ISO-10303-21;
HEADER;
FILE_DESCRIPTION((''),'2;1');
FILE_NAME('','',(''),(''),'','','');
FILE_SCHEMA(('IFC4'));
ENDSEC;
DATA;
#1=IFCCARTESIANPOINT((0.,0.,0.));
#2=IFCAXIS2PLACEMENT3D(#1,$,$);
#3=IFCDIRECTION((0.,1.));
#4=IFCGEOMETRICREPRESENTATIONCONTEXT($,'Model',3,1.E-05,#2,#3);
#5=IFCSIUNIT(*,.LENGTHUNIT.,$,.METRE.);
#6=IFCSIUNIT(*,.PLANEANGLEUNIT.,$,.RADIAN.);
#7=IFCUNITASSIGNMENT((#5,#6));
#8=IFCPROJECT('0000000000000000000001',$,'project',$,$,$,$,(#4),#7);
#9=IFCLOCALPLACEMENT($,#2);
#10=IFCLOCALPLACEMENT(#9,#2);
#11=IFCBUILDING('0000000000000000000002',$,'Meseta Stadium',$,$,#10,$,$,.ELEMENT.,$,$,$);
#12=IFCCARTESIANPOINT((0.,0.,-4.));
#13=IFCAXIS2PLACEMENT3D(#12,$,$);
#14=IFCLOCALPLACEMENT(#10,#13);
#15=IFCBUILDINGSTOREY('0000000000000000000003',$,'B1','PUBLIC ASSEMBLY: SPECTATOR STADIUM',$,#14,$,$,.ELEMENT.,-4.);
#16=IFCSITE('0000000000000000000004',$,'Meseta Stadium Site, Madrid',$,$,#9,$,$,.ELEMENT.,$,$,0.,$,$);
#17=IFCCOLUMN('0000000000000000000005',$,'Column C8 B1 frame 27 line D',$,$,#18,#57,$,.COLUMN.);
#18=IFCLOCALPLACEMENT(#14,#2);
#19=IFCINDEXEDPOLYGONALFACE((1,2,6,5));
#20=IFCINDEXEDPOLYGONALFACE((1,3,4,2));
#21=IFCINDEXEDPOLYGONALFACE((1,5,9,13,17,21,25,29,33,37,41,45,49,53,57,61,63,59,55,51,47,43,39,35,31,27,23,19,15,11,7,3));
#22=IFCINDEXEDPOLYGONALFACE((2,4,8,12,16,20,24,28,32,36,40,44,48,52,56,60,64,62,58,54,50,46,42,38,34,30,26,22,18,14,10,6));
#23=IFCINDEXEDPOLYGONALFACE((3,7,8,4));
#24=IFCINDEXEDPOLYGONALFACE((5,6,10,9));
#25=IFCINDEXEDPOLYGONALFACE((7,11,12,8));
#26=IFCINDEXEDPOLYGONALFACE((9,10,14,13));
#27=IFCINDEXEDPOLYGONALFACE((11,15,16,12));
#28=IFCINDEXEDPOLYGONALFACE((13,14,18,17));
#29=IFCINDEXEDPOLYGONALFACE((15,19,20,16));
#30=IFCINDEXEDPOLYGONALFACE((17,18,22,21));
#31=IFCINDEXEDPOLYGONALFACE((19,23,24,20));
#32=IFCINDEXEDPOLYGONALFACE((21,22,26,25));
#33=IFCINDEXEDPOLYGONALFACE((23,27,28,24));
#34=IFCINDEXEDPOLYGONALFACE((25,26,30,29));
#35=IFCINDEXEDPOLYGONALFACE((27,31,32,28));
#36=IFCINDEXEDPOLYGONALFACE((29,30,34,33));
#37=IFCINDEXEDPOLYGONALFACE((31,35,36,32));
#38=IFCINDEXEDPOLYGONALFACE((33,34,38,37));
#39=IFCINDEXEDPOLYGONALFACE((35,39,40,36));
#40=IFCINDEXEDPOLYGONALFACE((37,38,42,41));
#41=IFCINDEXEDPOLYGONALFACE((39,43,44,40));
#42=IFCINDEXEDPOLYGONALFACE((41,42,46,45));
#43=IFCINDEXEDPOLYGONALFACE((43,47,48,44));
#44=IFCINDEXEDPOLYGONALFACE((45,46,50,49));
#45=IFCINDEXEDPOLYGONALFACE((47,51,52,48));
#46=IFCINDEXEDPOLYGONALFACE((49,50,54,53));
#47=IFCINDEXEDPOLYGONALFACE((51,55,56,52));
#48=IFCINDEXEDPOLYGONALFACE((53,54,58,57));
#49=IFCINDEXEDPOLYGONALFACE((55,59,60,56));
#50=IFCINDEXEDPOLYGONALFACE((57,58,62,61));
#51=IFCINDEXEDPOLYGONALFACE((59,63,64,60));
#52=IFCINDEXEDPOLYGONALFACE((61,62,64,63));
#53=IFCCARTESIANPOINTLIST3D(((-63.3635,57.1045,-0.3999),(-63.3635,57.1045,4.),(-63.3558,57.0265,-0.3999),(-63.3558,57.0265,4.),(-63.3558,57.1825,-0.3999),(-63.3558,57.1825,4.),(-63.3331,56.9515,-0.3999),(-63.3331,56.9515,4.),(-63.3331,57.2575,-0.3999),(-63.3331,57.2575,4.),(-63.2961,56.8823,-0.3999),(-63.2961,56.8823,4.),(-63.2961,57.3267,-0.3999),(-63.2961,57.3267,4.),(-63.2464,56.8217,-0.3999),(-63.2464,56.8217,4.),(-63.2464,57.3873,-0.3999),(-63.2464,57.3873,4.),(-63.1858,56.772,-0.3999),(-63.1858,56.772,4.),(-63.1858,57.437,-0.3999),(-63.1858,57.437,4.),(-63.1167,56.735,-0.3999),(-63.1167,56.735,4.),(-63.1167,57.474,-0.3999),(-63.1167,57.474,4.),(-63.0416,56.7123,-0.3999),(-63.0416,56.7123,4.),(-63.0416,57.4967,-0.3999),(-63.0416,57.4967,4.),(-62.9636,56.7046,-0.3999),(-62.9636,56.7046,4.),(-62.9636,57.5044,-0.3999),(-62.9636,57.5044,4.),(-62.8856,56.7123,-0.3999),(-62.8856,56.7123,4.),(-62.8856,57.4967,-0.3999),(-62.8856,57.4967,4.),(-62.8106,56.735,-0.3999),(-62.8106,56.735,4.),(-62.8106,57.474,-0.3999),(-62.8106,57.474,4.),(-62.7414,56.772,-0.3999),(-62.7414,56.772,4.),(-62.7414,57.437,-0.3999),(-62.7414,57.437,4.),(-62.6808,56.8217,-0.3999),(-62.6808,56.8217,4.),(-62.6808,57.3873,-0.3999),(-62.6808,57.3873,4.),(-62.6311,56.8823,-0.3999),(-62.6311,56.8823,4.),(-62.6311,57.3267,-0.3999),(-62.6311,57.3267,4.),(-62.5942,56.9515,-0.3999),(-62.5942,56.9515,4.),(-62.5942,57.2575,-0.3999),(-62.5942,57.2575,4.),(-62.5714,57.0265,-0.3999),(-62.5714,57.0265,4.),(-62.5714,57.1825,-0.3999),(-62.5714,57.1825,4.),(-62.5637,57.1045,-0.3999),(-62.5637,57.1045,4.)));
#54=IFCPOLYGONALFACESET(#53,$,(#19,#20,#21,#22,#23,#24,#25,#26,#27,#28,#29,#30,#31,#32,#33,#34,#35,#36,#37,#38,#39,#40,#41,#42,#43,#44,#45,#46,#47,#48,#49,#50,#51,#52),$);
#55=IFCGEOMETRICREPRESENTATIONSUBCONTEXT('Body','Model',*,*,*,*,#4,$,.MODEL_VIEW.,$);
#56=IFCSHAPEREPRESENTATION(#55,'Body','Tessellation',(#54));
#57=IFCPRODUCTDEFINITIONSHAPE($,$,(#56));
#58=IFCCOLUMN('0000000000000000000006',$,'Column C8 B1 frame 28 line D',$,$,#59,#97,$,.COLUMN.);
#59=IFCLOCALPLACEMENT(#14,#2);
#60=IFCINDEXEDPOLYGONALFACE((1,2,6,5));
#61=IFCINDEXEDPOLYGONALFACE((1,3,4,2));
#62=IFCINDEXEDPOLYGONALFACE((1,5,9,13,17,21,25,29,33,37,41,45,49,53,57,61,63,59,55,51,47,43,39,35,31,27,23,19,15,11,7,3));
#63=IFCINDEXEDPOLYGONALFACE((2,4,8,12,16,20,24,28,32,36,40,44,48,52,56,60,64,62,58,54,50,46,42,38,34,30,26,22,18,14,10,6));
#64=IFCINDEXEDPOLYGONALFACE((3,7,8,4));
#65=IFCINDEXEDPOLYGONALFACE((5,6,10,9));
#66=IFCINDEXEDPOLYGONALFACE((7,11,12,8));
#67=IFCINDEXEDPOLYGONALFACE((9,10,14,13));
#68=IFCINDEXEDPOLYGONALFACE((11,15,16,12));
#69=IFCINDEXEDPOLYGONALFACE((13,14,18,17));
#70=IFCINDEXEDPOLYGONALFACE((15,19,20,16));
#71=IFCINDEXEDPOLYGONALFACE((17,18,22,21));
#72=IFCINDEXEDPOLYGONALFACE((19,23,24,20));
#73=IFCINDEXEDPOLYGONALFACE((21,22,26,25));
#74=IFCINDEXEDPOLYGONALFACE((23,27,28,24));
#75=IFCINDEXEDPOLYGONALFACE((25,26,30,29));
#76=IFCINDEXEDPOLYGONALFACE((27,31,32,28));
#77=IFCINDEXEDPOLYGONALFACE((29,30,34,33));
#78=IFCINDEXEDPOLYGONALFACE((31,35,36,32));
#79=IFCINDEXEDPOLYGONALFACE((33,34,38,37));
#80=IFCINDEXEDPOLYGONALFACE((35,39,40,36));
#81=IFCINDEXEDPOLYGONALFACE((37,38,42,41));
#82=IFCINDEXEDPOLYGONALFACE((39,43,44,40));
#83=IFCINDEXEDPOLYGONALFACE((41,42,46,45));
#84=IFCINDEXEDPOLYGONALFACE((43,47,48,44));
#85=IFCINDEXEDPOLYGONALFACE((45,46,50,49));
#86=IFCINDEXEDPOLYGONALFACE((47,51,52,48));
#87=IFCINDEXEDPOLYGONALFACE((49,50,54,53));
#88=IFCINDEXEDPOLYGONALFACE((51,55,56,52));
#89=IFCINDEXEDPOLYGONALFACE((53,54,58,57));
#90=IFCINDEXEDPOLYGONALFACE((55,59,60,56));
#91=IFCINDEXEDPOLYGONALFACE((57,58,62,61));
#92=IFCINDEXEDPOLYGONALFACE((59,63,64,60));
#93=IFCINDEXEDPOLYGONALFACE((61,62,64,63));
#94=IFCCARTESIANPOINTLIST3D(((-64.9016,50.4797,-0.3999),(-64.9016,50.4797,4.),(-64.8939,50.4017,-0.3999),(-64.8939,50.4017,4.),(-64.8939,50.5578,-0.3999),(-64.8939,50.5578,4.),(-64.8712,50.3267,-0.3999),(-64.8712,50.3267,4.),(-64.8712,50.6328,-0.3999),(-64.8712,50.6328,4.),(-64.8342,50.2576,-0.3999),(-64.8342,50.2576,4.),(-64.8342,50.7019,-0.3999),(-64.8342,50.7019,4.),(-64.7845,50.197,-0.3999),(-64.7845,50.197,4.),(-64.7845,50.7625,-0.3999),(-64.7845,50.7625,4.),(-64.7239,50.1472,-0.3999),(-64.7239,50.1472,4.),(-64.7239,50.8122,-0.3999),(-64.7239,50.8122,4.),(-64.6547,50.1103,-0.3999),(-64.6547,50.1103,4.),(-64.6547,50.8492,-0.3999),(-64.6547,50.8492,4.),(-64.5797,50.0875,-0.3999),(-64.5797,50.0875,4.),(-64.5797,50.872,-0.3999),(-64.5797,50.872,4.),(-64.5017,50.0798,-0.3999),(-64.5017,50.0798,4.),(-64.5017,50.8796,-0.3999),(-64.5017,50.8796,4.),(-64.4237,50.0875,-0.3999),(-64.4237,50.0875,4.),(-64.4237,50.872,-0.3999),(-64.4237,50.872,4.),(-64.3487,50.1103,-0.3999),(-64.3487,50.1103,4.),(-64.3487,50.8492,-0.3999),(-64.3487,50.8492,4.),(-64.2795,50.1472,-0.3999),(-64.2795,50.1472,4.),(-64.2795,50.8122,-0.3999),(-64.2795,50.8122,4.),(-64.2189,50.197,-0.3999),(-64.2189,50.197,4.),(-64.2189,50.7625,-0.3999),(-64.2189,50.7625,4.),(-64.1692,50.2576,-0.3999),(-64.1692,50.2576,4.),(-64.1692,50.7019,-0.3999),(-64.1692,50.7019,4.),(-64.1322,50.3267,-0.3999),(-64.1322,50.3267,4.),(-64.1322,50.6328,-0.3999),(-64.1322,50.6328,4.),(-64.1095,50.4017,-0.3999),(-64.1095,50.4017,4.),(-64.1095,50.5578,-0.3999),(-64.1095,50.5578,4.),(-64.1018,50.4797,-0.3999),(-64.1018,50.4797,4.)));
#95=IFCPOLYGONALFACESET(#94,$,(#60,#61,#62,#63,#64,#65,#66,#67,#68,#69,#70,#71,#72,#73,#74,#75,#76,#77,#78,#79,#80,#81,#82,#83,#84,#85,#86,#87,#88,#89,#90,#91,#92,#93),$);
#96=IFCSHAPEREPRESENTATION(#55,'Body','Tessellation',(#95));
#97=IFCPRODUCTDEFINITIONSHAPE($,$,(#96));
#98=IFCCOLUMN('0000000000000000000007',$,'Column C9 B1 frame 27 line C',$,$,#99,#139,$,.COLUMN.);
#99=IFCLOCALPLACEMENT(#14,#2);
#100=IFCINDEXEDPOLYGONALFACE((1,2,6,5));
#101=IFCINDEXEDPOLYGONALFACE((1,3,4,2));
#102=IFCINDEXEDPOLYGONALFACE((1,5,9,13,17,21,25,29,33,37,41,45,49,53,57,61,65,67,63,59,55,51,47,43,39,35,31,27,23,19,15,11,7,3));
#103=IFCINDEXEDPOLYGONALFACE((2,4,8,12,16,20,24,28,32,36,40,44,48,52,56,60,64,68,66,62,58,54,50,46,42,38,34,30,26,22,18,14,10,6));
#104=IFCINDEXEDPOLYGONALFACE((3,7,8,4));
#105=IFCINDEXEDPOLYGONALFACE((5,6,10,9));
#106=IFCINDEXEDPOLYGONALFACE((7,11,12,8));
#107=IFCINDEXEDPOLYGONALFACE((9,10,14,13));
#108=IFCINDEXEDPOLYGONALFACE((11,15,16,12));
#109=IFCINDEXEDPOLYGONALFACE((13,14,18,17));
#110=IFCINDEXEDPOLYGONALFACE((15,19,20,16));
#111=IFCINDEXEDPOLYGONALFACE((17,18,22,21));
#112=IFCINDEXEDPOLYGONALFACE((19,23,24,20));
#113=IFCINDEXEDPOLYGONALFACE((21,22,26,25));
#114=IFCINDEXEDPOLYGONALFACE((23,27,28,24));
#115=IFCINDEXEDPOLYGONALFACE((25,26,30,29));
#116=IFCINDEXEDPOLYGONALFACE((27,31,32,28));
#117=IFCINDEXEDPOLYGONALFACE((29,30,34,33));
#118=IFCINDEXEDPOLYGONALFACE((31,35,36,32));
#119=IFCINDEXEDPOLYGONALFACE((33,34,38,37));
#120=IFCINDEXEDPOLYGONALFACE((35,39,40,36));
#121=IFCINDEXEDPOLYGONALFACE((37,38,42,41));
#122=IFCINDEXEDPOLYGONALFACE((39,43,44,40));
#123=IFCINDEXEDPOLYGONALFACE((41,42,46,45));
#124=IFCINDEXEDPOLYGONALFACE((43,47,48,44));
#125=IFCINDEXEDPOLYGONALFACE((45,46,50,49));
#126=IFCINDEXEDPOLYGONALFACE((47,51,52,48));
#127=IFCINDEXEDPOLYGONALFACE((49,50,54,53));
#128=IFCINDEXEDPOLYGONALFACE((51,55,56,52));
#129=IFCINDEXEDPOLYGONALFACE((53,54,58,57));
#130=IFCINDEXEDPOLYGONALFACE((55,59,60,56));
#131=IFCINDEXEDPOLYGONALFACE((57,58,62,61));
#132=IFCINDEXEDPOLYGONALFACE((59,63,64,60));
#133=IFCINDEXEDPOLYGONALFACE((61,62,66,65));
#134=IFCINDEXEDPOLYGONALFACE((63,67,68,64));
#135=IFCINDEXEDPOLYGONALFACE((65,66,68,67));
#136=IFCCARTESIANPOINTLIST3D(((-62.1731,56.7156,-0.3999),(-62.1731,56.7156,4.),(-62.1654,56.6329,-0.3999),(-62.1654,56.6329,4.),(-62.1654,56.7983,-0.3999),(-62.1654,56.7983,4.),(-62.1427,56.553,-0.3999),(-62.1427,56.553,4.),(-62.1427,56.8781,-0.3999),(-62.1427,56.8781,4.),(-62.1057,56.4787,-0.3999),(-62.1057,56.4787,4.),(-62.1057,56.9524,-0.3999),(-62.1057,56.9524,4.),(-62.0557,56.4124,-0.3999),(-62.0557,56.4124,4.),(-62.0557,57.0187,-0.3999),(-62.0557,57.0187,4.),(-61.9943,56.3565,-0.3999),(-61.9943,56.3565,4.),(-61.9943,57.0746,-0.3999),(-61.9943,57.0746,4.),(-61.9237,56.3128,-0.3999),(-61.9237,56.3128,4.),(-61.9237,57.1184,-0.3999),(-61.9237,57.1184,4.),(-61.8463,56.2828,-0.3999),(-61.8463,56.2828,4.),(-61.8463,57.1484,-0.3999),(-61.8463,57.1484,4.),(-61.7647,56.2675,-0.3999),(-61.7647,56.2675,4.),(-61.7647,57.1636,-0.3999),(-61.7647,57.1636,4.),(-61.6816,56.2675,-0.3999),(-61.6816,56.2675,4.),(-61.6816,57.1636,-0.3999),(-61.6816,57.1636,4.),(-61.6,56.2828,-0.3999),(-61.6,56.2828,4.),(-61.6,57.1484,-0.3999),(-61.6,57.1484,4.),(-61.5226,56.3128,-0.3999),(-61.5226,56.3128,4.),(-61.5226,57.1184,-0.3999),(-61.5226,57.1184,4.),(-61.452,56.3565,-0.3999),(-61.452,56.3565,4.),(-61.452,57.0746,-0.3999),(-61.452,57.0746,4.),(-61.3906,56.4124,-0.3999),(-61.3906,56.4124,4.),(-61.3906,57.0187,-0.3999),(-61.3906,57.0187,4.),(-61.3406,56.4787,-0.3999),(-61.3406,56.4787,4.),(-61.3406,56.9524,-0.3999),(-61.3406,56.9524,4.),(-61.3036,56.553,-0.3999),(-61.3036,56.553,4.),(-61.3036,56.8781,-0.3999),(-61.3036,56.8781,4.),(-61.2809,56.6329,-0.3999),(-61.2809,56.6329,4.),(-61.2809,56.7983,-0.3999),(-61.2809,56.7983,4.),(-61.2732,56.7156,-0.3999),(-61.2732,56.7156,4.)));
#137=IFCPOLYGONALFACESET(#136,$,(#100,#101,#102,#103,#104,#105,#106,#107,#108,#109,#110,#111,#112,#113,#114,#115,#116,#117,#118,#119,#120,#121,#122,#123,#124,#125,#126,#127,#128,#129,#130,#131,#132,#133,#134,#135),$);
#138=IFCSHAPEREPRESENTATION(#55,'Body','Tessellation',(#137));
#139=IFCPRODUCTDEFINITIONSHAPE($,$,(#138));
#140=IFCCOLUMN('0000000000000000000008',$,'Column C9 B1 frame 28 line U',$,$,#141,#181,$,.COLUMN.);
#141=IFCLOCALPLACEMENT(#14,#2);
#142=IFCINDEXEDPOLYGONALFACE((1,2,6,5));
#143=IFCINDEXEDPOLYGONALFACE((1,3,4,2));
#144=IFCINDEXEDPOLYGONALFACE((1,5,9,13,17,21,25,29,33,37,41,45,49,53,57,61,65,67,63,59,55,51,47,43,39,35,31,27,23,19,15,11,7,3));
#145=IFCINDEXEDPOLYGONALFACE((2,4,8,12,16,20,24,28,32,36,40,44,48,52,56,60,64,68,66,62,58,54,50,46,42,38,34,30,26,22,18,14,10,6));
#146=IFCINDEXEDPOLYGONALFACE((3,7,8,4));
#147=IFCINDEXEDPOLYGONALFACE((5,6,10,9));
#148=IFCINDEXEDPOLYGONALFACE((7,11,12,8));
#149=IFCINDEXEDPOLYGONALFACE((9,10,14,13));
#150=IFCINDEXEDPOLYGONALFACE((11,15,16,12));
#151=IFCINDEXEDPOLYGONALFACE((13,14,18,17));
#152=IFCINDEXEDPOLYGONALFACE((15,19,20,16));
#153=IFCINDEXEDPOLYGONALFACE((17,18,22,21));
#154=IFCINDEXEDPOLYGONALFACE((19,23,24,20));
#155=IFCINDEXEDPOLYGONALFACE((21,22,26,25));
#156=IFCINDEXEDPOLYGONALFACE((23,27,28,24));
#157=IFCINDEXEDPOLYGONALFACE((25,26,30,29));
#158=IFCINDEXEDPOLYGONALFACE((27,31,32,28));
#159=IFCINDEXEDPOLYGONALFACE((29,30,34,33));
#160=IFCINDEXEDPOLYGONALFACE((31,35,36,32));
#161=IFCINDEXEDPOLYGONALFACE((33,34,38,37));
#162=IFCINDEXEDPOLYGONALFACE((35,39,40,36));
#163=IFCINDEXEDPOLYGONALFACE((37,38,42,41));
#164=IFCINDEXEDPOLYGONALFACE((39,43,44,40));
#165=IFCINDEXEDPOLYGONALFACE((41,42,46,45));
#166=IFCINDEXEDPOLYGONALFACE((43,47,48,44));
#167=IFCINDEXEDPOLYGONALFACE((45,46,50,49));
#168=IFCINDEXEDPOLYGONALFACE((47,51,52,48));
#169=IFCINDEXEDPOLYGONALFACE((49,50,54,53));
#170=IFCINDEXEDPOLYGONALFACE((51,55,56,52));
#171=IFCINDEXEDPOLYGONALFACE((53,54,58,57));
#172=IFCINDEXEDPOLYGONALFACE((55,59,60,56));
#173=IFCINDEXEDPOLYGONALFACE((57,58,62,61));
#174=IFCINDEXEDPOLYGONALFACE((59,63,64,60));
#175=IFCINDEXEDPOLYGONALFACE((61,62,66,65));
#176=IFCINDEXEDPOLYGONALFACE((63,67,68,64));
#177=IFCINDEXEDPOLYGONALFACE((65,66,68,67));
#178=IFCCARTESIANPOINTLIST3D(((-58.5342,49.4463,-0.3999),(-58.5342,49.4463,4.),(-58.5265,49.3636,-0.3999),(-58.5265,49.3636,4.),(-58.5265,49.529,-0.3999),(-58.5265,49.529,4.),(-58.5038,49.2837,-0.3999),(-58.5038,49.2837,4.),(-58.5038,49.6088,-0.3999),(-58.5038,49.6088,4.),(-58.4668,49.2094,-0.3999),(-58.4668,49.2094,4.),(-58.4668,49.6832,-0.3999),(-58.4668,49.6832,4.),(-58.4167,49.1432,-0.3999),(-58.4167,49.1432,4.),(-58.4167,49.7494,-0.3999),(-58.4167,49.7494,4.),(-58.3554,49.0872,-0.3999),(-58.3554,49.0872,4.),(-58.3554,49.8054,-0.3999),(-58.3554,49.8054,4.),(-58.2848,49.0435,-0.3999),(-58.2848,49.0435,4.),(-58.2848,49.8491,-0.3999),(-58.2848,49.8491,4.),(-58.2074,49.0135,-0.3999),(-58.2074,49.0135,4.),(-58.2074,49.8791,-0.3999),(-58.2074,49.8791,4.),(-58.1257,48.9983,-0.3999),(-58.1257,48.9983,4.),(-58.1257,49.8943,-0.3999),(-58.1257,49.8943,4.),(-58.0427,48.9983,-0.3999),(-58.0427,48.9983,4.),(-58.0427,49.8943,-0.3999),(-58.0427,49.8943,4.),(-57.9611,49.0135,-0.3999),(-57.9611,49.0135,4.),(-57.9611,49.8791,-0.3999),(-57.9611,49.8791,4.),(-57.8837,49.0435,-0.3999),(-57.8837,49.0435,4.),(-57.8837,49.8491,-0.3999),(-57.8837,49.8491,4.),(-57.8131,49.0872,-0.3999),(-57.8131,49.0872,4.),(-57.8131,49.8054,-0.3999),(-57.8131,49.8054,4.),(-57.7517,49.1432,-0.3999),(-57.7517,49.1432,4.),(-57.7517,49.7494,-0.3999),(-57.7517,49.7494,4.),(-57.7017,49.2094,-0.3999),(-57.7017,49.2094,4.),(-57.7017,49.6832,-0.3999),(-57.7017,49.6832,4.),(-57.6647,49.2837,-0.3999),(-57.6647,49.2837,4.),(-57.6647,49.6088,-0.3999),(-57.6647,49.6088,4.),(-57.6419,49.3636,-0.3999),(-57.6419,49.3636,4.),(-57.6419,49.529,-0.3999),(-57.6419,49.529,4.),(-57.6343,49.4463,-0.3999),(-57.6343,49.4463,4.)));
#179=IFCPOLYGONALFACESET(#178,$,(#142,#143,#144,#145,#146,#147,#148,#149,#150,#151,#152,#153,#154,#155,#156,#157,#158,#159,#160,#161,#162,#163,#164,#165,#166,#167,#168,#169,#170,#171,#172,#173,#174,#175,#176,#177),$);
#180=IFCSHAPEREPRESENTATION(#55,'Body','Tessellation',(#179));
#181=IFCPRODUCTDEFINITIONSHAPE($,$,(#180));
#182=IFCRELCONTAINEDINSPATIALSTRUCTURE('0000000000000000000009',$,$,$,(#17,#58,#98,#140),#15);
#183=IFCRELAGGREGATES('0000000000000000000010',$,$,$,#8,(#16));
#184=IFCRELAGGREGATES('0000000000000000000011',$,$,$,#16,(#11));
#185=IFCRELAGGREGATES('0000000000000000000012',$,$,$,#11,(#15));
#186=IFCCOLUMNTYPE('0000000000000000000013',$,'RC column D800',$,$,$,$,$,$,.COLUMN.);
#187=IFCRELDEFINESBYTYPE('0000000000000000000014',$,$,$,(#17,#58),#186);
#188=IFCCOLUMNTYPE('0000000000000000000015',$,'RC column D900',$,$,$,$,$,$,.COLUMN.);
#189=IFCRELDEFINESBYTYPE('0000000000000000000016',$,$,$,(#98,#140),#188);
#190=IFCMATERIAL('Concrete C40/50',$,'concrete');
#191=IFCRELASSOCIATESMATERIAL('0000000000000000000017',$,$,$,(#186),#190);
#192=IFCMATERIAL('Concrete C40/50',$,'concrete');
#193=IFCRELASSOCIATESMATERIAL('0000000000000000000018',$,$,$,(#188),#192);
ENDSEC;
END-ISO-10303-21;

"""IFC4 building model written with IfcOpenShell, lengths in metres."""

from ifc_helpers import new_model, si_unit, direction, frame, origin, origin_2d, place, context, subcontext, project, spatial, circle, extrude, material, material_profile, profile_set, type_object, element, save


model = new_model("IFC4")

# Units and contexts
model_context = context("Model", 3, precision=1e-05, world=origin(), true_north=direction((0.0, 1.0)))
body_context = subcontext(model_context, "Body", "Model", "MODEL_VIEW")
ifc_project = project(units=[si_unit("LENGTHUNIT", "METRE"), si_unit("PLANEANGLEUNIT", "RADIAN")], contexts=[model_context])

# Site, building, storey
site_placement = place(None, origin())
site = spatial("IfcSite", under=ifc_project, at=site_placement, Name="Meseta Stadium Site, Madrid", CompositionType="ELEMENT", RefElevation=0.0)
building_placement = place(site_placement, origin())
building = spatial("IfcBuilding", under=site, at=building_placement, Name="Meseta Stadium", CompositionType="ELEMENT")
storey_placement = place(building_placement, frame((0.0, 0.0, -4.0)))
storey = spatial("IfcBuildingStorey", under=building, at=storey_placement, Name="B1", Description="PUBLIC ASSEMBLY: SPECTATOR STADIUM", CompositionType="ELEMENT", Elevation=-4.0)

# Columns
ifc_material_1 = material(Name="Concrete C40/50", Category="concrete")
ifc_material_profile_1 = material_profile(ifc_material_1, circle(Radius=0.3999, at=origin_2d()), Name="RC D800")
ifc_profile_set_1 = profile_set([ifc_material_profile_1], Name="Concrete C40/50")
column_type_1 = type_object("IfcColumnType", Name="RC column D800", PredefinedType="COLUMN", material=ifc_profile_set_1)
for number, where, z_axis, x_axis, name in (
    (1, (-62.9636, 57.1045, -0.3999), (0.0, 0.0, 1.0), (1.0, 0.0, 0.0), "Column C8 B1 frame 27 line D"),
    (2, (-64.5017, 50.4797, -0.3999), (0.0, 0.0, 1.0), (1.0, 0.0, 0.0), "Column C8 B1 frame 28 line D"),
):
    element("IfcColumn", number, at=place(storey_placement, frame(where, z_axis=z_axis, x_axis=x_axis)), inside=storey, type_object=column_type_1, Name=name, PredefinedType="COLUMN", context=body_context, shape_type="SweptSolid", body=[
        extrude(circle(Radius=0.3999, at=origin_2d()), origin(), (0.0, 0.0, 1.0), 4.3999),
    ])
ifc_material_2 = material(Name="Concrete C40/50", Category="concrete")
ifc_material_profile_2 = material_profile(ifc_material_2, circle(Radius=0.45, at=origin_2d()), Name="RC D900")
ifc_profile_set_2 = profile_set([ifc_material_profile_2], Name="Concrete C40/50")
column_type_2 = type_object("IfcColumnType", Name="RC column D900", PredefinedType="COLUMN", material=ifc_profile_set_2)
for number, where, z_axis, x_axis, name in (
    (3, (-61.7231, 56.7156, -0.3999), (0.0, 0.0, 1.0), (1.0, 0.0, 0.0), "Column C9 B1 frame 27 line C"),
    (4, (-58.0842, 49.4463, -0.3999), (0.0, 0.0, 1.0), (1.0, 0.0, 0.0), "Column C9 B1 frame 28 line U"),
):
    element("IfcColumn", number, at=place(storey_placement, frame(where, z_axis=z_axis, x_axis=x_axis)), inside=storey, type_object=column_type_2, Name=name, PredefinedType="COLUMN", context=body_context, shape_type="SweptSolid", body=[
        extrude(circle(Radius=0.45, at=origin_2d()), origin(), (0.0, 0.0, 1.0), 4.3999),
    ])

save(model, "model.ifc")
